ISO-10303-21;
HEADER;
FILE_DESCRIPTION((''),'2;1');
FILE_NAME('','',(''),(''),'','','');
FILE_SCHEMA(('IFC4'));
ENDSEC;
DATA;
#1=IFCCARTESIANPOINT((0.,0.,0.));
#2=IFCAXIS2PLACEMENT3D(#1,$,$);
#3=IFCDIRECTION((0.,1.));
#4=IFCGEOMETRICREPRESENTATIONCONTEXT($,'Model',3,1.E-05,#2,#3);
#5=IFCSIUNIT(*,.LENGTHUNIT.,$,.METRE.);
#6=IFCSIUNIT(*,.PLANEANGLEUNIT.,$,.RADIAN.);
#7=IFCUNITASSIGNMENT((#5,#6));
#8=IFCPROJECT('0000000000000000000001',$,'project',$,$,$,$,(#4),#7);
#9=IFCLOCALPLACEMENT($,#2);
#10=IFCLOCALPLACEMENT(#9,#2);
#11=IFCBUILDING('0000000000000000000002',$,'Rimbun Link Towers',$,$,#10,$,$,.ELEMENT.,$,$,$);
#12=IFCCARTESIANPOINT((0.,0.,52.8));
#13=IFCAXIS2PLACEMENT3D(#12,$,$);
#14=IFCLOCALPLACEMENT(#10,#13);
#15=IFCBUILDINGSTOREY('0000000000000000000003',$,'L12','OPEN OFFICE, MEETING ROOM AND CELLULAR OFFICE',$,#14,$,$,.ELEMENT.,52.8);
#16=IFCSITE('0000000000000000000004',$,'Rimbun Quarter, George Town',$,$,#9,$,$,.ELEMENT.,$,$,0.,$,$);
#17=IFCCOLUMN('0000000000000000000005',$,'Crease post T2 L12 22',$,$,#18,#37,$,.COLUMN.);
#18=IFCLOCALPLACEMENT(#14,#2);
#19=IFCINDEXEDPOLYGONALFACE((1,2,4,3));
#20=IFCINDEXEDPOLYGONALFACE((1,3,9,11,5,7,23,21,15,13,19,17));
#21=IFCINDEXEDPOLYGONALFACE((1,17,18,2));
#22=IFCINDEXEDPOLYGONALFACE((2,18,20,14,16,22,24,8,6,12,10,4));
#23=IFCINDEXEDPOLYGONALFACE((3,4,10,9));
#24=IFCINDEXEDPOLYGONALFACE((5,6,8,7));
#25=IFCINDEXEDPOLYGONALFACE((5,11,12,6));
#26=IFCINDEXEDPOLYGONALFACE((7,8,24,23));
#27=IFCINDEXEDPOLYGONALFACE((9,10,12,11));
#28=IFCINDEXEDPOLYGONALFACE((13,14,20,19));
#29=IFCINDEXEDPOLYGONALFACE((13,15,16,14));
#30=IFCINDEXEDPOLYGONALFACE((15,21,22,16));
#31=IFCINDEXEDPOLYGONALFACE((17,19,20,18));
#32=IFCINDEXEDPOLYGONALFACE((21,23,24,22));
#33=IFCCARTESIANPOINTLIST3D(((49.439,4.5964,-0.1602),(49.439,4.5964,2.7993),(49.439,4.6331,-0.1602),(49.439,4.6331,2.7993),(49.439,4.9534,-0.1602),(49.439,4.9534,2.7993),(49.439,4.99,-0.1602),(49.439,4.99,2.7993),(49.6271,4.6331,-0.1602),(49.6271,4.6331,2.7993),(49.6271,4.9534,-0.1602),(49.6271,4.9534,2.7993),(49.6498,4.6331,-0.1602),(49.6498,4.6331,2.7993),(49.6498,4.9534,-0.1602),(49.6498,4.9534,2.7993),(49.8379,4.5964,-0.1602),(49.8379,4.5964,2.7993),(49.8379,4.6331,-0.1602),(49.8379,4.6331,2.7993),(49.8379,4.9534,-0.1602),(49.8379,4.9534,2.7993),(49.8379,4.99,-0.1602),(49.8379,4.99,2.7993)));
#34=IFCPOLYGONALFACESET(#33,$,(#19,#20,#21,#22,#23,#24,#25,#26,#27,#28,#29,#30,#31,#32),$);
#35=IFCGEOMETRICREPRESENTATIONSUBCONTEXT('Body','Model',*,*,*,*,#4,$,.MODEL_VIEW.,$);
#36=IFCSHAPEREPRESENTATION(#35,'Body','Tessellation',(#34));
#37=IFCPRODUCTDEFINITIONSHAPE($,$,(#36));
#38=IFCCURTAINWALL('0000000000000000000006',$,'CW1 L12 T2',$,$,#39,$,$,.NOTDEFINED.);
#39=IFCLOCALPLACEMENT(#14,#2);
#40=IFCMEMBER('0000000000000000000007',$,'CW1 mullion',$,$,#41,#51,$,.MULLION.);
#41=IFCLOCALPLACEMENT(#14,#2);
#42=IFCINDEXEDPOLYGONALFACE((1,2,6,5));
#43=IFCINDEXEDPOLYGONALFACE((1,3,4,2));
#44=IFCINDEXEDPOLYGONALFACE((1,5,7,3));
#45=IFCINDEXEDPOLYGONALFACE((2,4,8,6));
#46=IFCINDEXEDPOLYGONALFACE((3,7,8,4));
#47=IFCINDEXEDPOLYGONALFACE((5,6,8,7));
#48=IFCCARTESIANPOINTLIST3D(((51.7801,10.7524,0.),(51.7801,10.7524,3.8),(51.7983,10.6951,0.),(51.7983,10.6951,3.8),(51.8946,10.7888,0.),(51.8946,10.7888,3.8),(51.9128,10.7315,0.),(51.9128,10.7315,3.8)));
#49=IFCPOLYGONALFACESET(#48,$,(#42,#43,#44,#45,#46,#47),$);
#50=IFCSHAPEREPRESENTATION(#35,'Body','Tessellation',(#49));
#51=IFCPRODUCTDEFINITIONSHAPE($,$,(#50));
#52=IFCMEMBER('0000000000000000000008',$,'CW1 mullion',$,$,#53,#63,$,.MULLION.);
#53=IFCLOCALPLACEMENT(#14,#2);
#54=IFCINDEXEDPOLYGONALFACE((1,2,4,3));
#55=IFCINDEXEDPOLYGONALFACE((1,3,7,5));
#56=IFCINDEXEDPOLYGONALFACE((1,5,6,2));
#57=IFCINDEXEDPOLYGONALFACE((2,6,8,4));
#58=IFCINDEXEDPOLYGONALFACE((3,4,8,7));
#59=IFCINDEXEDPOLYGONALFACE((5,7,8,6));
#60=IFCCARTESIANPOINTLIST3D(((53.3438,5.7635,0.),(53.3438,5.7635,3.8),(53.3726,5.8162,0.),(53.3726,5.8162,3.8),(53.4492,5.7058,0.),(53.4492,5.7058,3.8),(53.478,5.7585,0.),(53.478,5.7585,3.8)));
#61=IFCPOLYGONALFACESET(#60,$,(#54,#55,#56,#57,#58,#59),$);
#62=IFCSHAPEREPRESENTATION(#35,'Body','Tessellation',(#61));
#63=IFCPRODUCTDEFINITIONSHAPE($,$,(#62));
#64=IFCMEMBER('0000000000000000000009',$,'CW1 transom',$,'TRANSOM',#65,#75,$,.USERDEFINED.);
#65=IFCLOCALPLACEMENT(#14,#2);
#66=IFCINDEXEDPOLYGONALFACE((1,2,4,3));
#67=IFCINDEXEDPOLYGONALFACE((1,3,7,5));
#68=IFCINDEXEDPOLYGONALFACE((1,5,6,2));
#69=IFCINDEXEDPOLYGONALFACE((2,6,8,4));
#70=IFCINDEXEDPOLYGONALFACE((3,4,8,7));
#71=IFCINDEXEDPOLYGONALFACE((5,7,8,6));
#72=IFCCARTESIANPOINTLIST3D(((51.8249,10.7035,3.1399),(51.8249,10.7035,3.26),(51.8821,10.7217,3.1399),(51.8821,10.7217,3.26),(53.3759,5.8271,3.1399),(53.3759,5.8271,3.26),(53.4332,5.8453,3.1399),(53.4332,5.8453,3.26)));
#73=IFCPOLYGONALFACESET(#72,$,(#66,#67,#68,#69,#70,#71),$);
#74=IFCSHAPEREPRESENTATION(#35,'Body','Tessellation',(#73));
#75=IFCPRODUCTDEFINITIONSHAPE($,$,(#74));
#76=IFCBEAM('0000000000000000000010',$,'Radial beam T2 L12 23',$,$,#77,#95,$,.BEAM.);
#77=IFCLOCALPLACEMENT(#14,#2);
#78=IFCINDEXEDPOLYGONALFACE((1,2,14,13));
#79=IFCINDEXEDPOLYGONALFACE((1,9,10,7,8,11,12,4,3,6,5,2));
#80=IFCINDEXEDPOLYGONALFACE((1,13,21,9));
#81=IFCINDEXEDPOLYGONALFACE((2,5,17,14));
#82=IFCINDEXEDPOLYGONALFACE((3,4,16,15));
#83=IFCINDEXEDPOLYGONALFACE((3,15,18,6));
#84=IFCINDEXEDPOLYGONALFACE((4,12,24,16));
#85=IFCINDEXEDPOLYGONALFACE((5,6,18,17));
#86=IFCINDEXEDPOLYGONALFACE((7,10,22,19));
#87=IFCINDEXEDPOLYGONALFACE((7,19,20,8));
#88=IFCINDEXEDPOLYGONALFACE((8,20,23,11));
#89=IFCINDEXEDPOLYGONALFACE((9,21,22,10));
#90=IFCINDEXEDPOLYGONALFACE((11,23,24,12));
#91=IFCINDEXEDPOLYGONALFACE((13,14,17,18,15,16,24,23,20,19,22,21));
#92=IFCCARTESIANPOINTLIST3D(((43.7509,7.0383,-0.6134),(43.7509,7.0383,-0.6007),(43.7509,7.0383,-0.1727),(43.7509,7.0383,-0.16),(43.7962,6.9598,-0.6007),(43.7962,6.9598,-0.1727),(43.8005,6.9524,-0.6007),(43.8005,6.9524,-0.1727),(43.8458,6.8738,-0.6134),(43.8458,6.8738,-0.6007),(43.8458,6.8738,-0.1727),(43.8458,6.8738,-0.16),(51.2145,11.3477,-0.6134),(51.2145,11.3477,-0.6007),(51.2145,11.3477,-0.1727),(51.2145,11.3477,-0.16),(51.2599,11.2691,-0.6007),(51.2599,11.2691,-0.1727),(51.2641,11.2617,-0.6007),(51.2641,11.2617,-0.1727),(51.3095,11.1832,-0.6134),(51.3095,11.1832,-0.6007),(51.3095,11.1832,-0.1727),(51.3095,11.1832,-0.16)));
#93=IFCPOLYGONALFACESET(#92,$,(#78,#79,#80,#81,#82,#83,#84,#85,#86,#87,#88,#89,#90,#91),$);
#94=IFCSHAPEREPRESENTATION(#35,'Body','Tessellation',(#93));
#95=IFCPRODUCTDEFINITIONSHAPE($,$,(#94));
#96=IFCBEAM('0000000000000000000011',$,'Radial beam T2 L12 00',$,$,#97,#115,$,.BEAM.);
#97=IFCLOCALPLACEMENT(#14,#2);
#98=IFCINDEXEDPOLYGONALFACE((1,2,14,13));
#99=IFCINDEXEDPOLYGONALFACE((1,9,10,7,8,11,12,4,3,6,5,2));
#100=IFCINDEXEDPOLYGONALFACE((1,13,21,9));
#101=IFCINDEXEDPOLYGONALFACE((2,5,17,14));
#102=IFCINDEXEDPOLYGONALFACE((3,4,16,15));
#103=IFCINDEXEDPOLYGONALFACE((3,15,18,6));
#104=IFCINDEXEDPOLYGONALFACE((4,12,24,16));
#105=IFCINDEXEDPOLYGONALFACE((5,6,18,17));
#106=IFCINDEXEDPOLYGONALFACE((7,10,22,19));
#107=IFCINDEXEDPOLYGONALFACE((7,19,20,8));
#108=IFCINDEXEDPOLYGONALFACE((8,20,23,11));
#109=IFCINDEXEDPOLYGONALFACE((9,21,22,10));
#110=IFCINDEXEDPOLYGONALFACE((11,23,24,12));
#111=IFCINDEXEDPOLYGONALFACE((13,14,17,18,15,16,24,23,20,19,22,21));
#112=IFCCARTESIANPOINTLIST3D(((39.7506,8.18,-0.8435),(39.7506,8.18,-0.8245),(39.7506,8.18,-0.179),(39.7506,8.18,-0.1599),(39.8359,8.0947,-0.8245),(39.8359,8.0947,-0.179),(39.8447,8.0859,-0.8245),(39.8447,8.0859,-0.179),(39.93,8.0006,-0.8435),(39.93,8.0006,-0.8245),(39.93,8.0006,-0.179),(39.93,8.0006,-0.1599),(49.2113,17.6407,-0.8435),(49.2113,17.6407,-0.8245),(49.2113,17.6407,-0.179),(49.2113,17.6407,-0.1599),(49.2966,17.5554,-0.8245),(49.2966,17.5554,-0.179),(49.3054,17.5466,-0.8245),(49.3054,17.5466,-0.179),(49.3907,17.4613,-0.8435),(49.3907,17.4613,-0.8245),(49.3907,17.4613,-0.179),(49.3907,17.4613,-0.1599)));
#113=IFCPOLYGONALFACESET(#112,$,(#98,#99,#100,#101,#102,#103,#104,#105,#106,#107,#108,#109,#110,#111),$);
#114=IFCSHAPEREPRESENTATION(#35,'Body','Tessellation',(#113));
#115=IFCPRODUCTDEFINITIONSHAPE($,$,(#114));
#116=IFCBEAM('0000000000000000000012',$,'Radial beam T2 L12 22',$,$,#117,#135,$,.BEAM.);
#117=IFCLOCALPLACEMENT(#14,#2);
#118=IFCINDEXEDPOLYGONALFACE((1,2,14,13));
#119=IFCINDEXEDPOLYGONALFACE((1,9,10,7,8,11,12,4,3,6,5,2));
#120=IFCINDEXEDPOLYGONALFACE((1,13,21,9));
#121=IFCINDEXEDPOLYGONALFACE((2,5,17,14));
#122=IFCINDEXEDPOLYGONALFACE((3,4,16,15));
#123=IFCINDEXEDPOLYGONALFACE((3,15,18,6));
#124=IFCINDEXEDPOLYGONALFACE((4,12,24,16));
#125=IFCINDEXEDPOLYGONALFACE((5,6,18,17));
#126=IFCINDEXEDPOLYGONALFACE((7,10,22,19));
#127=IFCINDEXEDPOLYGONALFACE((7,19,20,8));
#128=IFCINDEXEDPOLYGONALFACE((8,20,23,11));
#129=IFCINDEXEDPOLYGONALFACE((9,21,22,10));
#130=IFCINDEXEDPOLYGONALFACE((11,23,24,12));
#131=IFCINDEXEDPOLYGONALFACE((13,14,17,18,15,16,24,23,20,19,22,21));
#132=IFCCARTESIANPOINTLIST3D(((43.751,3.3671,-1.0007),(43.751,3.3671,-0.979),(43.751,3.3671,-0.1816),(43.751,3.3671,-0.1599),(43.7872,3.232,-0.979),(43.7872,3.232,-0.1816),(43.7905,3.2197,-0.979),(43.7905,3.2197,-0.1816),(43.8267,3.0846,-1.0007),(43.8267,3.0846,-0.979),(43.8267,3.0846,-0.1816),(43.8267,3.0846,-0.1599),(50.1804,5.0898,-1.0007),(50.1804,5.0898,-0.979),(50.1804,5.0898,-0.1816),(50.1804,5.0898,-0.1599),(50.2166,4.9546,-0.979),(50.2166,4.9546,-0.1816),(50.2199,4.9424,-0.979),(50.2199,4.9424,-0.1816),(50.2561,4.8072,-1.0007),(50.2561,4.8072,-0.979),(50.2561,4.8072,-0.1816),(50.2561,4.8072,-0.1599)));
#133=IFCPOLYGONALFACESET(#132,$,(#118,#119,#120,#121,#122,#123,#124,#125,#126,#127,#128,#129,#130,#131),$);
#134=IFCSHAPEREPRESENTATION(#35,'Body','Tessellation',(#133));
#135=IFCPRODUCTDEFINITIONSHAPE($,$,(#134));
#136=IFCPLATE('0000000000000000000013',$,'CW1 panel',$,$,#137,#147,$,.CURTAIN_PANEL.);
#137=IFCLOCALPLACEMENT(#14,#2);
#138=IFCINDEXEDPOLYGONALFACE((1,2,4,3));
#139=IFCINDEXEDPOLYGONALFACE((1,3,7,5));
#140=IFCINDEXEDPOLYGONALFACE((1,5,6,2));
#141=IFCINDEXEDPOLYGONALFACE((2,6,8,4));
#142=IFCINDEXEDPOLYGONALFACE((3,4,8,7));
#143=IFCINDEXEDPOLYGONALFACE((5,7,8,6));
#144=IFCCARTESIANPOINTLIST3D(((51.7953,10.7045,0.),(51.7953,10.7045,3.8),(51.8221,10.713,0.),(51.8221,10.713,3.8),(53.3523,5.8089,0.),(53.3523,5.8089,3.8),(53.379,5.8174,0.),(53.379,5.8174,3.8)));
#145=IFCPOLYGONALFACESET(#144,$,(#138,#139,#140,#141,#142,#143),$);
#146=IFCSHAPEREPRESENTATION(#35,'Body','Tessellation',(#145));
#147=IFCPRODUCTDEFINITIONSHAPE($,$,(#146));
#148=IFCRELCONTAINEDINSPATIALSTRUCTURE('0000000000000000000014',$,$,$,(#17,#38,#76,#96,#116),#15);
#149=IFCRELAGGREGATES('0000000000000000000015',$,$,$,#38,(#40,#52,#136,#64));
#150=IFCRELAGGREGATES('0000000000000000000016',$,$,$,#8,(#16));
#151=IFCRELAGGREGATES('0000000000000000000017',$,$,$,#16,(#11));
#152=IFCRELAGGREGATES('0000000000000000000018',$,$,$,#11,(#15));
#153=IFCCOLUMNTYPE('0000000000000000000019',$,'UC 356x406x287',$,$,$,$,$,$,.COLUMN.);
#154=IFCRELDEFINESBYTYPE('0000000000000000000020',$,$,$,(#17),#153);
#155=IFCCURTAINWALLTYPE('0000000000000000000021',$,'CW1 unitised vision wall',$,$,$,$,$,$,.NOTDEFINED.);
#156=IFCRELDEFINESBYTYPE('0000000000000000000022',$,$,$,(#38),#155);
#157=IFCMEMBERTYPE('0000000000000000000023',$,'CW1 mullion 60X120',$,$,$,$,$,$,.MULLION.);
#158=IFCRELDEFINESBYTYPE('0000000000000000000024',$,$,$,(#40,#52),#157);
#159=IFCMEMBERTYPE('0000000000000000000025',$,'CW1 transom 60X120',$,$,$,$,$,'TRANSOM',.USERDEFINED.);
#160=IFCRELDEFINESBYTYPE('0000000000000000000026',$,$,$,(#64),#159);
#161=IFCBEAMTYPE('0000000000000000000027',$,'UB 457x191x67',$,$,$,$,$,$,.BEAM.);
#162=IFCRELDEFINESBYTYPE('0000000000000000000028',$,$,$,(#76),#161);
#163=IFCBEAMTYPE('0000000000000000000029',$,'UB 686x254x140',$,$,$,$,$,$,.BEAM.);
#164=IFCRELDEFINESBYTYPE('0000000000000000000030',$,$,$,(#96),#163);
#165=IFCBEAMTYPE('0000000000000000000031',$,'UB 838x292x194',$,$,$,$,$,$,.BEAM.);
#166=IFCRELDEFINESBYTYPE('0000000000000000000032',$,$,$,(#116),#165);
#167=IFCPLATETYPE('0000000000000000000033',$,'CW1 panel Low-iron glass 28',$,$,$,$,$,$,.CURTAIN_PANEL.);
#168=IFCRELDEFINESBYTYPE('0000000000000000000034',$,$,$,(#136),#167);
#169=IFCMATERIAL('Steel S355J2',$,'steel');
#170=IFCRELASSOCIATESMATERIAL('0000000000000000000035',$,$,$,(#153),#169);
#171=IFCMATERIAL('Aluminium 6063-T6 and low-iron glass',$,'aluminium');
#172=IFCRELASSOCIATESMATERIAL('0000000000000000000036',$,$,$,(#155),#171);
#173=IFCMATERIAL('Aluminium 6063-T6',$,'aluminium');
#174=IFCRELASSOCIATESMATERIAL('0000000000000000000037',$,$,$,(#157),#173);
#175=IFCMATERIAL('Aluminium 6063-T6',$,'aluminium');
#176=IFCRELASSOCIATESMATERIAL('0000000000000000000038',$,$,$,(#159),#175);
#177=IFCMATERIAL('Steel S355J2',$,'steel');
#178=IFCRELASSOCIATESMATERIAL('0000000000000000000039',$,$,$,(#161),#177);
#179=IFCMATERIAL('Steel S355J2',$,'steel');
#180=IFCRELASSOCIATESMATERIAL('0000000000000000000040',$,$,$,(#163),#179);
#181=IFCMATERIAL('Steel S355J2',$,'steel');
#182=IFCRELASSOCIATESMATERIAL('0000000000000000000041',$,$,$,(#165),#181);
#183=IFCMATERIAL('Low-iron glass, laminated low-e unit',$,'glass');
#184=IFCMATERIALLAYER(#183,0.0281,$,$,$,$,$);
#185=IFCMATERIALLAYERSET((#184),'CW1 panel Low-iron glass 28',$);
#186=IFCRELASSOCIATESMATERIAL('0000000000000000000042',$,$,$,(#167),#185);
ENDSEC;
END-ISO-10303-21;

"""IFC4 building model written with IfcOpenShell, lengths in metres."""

from ifc_helpers import new_model, si_unit, direction, frame, origin, origin_2d, place, context, subcontext, project, spatial, rectangle, i_section, extrude, material, layer, layer_set, material_profile, profile_set, type_object, element, aggregate, save


model = new_model("IFC4")

# Units and contexts
model_context = context("Model", 3, precision=1e-05, world=origin(), true_north=direction((0.0, 1.0)))
body_context = subcontext(model_context, "Body", "Model", "MODEL_VIEW")
ifc_project = project(units=[si_unit("LENGTHUNIT", "METRE"), si_unit("PLANEANGLEUNIT", "RADIAN")], contexts=[model_context])

# Site, building, storey
site_placement = place(None, origin())
site = spatial("IfcSite", under=ifc_project, at=site_placement, Name="Rimbun Quarter, George Town", CompositionType="ELEMENT", RefElevation=0.0)
building_placement = place(site_placement, origin())
building = spatial("IfcBuilding", under=site, at=building_placement, Name="Rimbun Link Towers", CompositionType="ELEMENT")
storey_placement = place(building_placement, frame((0.0, 0.0, 52.8)))
storey = spatial("IfcBuildingStorey", under=building, at=storey_placement, Name="L12", Description="OPEN OFFICE, MEETING ROOM AND CELLULAR OFFICE", CompositionType="ELEMENT", Elevation=52.8)

# Column
ifc_material_1 = material(Name="Steel S355J2", Category="steel")
ifc_material_profile_1 = material_profile(ifc_material_1, i_section(OverallWidth=0.3989, OverallDepth=0.3936, WebThickness=0.0227, FlangeThickness=0.0366, at=origin_2d()), Name="UC 356x406x287")
ifc_profile_set_1 = profile_set([ifc_material_profile_1], Name="Steel S355J2")
column_type = type_object("IfcColumnType", Name="UC 356x406x287", PredefinedType="COLUMN", material=ifc_profile_set_1)
column_placement = place(storey_placement, frame((49.6384, 4.7932, -0.1602), z_axis=(0.0, 0.0, 1.0), x_axis=(1.0, 0.0, 0.0)))
element("IfcColumn", 1, at=column_placement, inside=storey, type_object=column_type, Name="Crease post T2 L12 22", PredefinedType="COLUMN", context=body_context, shape_type="SweptSolid", body=[
    extrude(i_section(OverallWidth=0.3989, OverallDepth=0.3936, WebThickness=0.0227, FlangeThickness=0.0366, at=origin_2d()), origin(), (0.0, 0.0, 1.0), 2.9595),
])

# Curtain wall, members
ifc_material_2 = material(Name="Aluminium 6063-T6 and low-iron glass", Category="aluminium")
curtain_wall_type = type_object("IfcCurtainWallType", Name="CW1 unitised vision wall", PredefinedType="NOTDEFINED", material=ifc_material_2)
curtain_wall_placement = place(storey_placement, origin())
curtain_wall = element("IfcCurtainWall", 2, at=curtain_wall_placement, inside=storey, type_object=curtain_wall_type, Name="CW1 L12 T2", PredefinedType="NOTDEFINED")
ifc_material_3 = material(Name="Aluminium 6063-T6", Category="aluminium")
ifc_material_profile_2 = material_profile(ifc_material_3, rectangle(XDim=0.1201, YDim=0.0601, at=origin_2d()), Name="MULLION 60X120")
ifc_profile_set_2 = profile_set([ifc_material_profile_2], Name="Aluminium 6063-T6")
member_type_1 = type_object("IfcMemberType", Name="CW1 mullion 60X120", PredefinedType="MULLION", material=ifc_profile_set_2)
member_1_placement = place(storey_placement, frame((51.8464, 10.7419, 0.0), z_axis=(0.0, 0.0, 1.0), x_axis=(0.952967, 0.303073, 0.0)))
member_1 = element("IfcMember", 3, at=member_1_placement, type_object=member_type_1, Name="CW1 mullion", PredefinedType="MULLION", context=body_context, shape_type="SweptSolid", body=[
    extrude(rectangle(XDim=0.1201, YDim=0.0601, at=origin_2d()), origin(), (0.0, 0.0, 1.0), 3.8),
])
member_2_placement = place(storey_placement, frame((53.4109, 5.761, 0.0), z_axis=(0.0, 0.0, 1.0), x_axis=(0.877319, -0.479908, 0.0)))
member_2 = element("IfcMember", 4, at=member_2_placement, type_object=member_type_1, Name="CW1 mullion", PredefinedType="MULLION", context=body_context, shape_type="SweptSolid", body=[
    extrude(rectangle(XDim=0.1201, YDim=0.0601, at=origin_2d()), origin(), (0.0, 0.0, 1.0), 3.8),
])
ifc_material_4 = material(Name="Aluminium 6063-T6", Category="aluminium")
ifc_material_profile_3 = material_profile(ifc_material_4, rectangle(XDim=0.0601, YDim=0.1201, at=origin_2d()), Name="TRANSOM 60X120")
ifc_profile_set_3 = profile_set([ifc_material_profile_3], Name="Aluminium 6063-T6")
member_type_2 = type_object("IfcMemberType", Name="CW1 transom 60X120", ElementType="TRANSOM", PredefinedType="USERDEFINED", material=ifc_profile_set_3)
member_3_placement = place(storey_placement, frame((51.8535, 10.7126, 3.2), z_axis=(0.303101, -0.952958, 0.0), x_axis=(0.952958, 0.303101, 0.0)))
member_3 = element("IfcMember", 5, at=member_3_placement, type_object=member_type_2, Name="CW1 transom", ObjectType="TRANSOM", PredefinedType="USERDEFINED", context=body_context, shape_type="SweptSolid", body=[
    extrude(rectangle(XDim=0.0601, YDim=0.1201, at=origin_2d()), origin(), (0.0, 0.0, 1.0), 5.1172),
])

# Beams
ifc_material_5 = material(Name="Steel S355J2", Category="steel")
ifc_material_profile_4 = material_profile(ifc_material_5, i_section(OverallWidth=0.1899, OverallDepth=0.4534, WebThickness=0.0085, FlangeThickness=0.0127, at=origin_2d()), Name="UB 457x191x67")
ifc_profile_set_4 = profile_set([ifc_material_profile_4], Name="Steel S355J2")
beam_type_1 = type_object("IfcBeamType", Name="UB 457x191x67", PredefinedType="BEAM", material=ifc_profile_set_4)
beam_1_placement = place(storey_placement, frame((43.7983, 6.9561, -0.3867), z_axis=(0.866015, 0.500018, 0.0), x_axis=(-0.500018, 0.866015, 0.0)))
element("IfcBeam", 6, at=beam_1_placement, inside=storey, type_object=beam_type_1, Name="Radial beam T2 L12 23", PredefinedType="BEAM", context=body_context, shape_type="SweptSolid", body=[
    extrude(i_section(OverallWidth=0.1899, OverallDepth=0.4534, WebThickness=0.0085, FlangeThickness=0.0127, at=origin_2d()), origin(), (0.0, 0.0, 1.0), 8.6184),
])
ifc_material_6 = material(Name="Steel S355J2", Category="steel")
ifc_material_profile_5 = material_profile(ifc_material_6, i_section(OverallWidth=0.2537, OverallDepth=0.6836, WebThickness=0.0125, FlangeThickness=0.019, at=origin_2d()), Name="UB 686x254x140")
ifc_profile_set_5 = profile_set([ifc_material_profile_5], Name="Steel S355J2")
beam_type_2 = type_object("IfcBeamType", Name="UB 686x254x140", PredefinedType="BEAM", material=ifc_profile_set_5)
beam_2_placement = place(storey_placement, frame((39.8403, 8.0903, -0.5017), z_axis=(0.707107, 0.707107, 0.0), x_axis=(-0.707107, 0.707107, 0.0)))
element("IfcBeam", 7, at=beam_2_placement, inside=storey, type_object=beam_type_2, Name="Radial beam T2 L12 00", PredefinedType="BEAM", context=body_context, shape_type="SweptSolid", body=[
    extrude(i_section(OverallWidth=0.2537, OverallDepth=0.6836, WebThickness=0.0125, FlangeThickness=0.019, at=origin_2d()), origin(), (0.0, 0.0, 1.0), 13.3794),
])
ifc_material_7 = material(Name="Steel S355J2", Category="steel")
ifc_material_profile_6 = material_profile(ifc_material_7, i_section(OverallWidth=0.2925, OverallDepth=0.8408, WebThickness=0.0127, FlangeThickness=0.0217, at=origin_2d()), Name="UB 838x292x194")
ifc_profile_set_6 = profile_set([ifc_material_profile_6], Name="Steel S355J2")
beam_type_3 = type_object("IfcBeamType", Name="UB 838x292x194", PredefinedType="BEAM", material=ifc_profile_set_6)
beam_3_placement = place(storey_placement, frame((43.7888, 3.2258, -0.5803), z_axis=(0.96593, 0.258804, 0.0), x_axis=(-0.258804, 0.96593, 0.0)))
element("IfcBeam", 8, at=beam_3_placement, inside=storey, type_object=beam_type_3, Name="Radial beam T2 L12 22", PredefinedType="BEAM", context=body_context, shape_type="SweptSolid", body=[
    extrude(i_section(OverallWidth=0.2925, OverallDepth=0.8408, WebThickness=0.0127, FlangeThickness=0.0217, at=origin_2d()), origin(), (0.0, 0.0, 1.0), 6.6562),
])

# Plate
ifc_material_8 = material(Name="Low-iron glass, laminated low-e unit", Category="glass")
ifc_layer_1 = layer(ifc_material_8, 0.0281)
ifc_layer_set_1 = layer_set([ifc_layer_1], Name="CW1 panel Low-iron glass 28")
plate_type = type_object("IfcPlateType", Name="CW1 panel Low-iron glass 28", PredefinedType="CURTAIN_PANEL", material=ifc_layer_set_1)
plate_placement = place(storey_placement, frame((52.5872, 8.261, 0.0), z_axis=(0.0, 0.0, 1.0), x_axis=(0.303073, -0.952967, 0.0)))
plate = element("IfcPlate", 9, at=plate_placement, type_object=plate_type, Name="CW1 panel", PredefinedType="CURTAIN_PANEL", context=body_context, shape_type="SweptSolid", body=[
    extrude(rectangle(XDim=5.1372, YDim=0.0281, at=origin_2d()), origin(), (0.0, 0.0, 1.0), 3.8),
])
aggregate(curtain_wall, [member_1, member_2, plate, member_3])

save(model, "model.ifc")
